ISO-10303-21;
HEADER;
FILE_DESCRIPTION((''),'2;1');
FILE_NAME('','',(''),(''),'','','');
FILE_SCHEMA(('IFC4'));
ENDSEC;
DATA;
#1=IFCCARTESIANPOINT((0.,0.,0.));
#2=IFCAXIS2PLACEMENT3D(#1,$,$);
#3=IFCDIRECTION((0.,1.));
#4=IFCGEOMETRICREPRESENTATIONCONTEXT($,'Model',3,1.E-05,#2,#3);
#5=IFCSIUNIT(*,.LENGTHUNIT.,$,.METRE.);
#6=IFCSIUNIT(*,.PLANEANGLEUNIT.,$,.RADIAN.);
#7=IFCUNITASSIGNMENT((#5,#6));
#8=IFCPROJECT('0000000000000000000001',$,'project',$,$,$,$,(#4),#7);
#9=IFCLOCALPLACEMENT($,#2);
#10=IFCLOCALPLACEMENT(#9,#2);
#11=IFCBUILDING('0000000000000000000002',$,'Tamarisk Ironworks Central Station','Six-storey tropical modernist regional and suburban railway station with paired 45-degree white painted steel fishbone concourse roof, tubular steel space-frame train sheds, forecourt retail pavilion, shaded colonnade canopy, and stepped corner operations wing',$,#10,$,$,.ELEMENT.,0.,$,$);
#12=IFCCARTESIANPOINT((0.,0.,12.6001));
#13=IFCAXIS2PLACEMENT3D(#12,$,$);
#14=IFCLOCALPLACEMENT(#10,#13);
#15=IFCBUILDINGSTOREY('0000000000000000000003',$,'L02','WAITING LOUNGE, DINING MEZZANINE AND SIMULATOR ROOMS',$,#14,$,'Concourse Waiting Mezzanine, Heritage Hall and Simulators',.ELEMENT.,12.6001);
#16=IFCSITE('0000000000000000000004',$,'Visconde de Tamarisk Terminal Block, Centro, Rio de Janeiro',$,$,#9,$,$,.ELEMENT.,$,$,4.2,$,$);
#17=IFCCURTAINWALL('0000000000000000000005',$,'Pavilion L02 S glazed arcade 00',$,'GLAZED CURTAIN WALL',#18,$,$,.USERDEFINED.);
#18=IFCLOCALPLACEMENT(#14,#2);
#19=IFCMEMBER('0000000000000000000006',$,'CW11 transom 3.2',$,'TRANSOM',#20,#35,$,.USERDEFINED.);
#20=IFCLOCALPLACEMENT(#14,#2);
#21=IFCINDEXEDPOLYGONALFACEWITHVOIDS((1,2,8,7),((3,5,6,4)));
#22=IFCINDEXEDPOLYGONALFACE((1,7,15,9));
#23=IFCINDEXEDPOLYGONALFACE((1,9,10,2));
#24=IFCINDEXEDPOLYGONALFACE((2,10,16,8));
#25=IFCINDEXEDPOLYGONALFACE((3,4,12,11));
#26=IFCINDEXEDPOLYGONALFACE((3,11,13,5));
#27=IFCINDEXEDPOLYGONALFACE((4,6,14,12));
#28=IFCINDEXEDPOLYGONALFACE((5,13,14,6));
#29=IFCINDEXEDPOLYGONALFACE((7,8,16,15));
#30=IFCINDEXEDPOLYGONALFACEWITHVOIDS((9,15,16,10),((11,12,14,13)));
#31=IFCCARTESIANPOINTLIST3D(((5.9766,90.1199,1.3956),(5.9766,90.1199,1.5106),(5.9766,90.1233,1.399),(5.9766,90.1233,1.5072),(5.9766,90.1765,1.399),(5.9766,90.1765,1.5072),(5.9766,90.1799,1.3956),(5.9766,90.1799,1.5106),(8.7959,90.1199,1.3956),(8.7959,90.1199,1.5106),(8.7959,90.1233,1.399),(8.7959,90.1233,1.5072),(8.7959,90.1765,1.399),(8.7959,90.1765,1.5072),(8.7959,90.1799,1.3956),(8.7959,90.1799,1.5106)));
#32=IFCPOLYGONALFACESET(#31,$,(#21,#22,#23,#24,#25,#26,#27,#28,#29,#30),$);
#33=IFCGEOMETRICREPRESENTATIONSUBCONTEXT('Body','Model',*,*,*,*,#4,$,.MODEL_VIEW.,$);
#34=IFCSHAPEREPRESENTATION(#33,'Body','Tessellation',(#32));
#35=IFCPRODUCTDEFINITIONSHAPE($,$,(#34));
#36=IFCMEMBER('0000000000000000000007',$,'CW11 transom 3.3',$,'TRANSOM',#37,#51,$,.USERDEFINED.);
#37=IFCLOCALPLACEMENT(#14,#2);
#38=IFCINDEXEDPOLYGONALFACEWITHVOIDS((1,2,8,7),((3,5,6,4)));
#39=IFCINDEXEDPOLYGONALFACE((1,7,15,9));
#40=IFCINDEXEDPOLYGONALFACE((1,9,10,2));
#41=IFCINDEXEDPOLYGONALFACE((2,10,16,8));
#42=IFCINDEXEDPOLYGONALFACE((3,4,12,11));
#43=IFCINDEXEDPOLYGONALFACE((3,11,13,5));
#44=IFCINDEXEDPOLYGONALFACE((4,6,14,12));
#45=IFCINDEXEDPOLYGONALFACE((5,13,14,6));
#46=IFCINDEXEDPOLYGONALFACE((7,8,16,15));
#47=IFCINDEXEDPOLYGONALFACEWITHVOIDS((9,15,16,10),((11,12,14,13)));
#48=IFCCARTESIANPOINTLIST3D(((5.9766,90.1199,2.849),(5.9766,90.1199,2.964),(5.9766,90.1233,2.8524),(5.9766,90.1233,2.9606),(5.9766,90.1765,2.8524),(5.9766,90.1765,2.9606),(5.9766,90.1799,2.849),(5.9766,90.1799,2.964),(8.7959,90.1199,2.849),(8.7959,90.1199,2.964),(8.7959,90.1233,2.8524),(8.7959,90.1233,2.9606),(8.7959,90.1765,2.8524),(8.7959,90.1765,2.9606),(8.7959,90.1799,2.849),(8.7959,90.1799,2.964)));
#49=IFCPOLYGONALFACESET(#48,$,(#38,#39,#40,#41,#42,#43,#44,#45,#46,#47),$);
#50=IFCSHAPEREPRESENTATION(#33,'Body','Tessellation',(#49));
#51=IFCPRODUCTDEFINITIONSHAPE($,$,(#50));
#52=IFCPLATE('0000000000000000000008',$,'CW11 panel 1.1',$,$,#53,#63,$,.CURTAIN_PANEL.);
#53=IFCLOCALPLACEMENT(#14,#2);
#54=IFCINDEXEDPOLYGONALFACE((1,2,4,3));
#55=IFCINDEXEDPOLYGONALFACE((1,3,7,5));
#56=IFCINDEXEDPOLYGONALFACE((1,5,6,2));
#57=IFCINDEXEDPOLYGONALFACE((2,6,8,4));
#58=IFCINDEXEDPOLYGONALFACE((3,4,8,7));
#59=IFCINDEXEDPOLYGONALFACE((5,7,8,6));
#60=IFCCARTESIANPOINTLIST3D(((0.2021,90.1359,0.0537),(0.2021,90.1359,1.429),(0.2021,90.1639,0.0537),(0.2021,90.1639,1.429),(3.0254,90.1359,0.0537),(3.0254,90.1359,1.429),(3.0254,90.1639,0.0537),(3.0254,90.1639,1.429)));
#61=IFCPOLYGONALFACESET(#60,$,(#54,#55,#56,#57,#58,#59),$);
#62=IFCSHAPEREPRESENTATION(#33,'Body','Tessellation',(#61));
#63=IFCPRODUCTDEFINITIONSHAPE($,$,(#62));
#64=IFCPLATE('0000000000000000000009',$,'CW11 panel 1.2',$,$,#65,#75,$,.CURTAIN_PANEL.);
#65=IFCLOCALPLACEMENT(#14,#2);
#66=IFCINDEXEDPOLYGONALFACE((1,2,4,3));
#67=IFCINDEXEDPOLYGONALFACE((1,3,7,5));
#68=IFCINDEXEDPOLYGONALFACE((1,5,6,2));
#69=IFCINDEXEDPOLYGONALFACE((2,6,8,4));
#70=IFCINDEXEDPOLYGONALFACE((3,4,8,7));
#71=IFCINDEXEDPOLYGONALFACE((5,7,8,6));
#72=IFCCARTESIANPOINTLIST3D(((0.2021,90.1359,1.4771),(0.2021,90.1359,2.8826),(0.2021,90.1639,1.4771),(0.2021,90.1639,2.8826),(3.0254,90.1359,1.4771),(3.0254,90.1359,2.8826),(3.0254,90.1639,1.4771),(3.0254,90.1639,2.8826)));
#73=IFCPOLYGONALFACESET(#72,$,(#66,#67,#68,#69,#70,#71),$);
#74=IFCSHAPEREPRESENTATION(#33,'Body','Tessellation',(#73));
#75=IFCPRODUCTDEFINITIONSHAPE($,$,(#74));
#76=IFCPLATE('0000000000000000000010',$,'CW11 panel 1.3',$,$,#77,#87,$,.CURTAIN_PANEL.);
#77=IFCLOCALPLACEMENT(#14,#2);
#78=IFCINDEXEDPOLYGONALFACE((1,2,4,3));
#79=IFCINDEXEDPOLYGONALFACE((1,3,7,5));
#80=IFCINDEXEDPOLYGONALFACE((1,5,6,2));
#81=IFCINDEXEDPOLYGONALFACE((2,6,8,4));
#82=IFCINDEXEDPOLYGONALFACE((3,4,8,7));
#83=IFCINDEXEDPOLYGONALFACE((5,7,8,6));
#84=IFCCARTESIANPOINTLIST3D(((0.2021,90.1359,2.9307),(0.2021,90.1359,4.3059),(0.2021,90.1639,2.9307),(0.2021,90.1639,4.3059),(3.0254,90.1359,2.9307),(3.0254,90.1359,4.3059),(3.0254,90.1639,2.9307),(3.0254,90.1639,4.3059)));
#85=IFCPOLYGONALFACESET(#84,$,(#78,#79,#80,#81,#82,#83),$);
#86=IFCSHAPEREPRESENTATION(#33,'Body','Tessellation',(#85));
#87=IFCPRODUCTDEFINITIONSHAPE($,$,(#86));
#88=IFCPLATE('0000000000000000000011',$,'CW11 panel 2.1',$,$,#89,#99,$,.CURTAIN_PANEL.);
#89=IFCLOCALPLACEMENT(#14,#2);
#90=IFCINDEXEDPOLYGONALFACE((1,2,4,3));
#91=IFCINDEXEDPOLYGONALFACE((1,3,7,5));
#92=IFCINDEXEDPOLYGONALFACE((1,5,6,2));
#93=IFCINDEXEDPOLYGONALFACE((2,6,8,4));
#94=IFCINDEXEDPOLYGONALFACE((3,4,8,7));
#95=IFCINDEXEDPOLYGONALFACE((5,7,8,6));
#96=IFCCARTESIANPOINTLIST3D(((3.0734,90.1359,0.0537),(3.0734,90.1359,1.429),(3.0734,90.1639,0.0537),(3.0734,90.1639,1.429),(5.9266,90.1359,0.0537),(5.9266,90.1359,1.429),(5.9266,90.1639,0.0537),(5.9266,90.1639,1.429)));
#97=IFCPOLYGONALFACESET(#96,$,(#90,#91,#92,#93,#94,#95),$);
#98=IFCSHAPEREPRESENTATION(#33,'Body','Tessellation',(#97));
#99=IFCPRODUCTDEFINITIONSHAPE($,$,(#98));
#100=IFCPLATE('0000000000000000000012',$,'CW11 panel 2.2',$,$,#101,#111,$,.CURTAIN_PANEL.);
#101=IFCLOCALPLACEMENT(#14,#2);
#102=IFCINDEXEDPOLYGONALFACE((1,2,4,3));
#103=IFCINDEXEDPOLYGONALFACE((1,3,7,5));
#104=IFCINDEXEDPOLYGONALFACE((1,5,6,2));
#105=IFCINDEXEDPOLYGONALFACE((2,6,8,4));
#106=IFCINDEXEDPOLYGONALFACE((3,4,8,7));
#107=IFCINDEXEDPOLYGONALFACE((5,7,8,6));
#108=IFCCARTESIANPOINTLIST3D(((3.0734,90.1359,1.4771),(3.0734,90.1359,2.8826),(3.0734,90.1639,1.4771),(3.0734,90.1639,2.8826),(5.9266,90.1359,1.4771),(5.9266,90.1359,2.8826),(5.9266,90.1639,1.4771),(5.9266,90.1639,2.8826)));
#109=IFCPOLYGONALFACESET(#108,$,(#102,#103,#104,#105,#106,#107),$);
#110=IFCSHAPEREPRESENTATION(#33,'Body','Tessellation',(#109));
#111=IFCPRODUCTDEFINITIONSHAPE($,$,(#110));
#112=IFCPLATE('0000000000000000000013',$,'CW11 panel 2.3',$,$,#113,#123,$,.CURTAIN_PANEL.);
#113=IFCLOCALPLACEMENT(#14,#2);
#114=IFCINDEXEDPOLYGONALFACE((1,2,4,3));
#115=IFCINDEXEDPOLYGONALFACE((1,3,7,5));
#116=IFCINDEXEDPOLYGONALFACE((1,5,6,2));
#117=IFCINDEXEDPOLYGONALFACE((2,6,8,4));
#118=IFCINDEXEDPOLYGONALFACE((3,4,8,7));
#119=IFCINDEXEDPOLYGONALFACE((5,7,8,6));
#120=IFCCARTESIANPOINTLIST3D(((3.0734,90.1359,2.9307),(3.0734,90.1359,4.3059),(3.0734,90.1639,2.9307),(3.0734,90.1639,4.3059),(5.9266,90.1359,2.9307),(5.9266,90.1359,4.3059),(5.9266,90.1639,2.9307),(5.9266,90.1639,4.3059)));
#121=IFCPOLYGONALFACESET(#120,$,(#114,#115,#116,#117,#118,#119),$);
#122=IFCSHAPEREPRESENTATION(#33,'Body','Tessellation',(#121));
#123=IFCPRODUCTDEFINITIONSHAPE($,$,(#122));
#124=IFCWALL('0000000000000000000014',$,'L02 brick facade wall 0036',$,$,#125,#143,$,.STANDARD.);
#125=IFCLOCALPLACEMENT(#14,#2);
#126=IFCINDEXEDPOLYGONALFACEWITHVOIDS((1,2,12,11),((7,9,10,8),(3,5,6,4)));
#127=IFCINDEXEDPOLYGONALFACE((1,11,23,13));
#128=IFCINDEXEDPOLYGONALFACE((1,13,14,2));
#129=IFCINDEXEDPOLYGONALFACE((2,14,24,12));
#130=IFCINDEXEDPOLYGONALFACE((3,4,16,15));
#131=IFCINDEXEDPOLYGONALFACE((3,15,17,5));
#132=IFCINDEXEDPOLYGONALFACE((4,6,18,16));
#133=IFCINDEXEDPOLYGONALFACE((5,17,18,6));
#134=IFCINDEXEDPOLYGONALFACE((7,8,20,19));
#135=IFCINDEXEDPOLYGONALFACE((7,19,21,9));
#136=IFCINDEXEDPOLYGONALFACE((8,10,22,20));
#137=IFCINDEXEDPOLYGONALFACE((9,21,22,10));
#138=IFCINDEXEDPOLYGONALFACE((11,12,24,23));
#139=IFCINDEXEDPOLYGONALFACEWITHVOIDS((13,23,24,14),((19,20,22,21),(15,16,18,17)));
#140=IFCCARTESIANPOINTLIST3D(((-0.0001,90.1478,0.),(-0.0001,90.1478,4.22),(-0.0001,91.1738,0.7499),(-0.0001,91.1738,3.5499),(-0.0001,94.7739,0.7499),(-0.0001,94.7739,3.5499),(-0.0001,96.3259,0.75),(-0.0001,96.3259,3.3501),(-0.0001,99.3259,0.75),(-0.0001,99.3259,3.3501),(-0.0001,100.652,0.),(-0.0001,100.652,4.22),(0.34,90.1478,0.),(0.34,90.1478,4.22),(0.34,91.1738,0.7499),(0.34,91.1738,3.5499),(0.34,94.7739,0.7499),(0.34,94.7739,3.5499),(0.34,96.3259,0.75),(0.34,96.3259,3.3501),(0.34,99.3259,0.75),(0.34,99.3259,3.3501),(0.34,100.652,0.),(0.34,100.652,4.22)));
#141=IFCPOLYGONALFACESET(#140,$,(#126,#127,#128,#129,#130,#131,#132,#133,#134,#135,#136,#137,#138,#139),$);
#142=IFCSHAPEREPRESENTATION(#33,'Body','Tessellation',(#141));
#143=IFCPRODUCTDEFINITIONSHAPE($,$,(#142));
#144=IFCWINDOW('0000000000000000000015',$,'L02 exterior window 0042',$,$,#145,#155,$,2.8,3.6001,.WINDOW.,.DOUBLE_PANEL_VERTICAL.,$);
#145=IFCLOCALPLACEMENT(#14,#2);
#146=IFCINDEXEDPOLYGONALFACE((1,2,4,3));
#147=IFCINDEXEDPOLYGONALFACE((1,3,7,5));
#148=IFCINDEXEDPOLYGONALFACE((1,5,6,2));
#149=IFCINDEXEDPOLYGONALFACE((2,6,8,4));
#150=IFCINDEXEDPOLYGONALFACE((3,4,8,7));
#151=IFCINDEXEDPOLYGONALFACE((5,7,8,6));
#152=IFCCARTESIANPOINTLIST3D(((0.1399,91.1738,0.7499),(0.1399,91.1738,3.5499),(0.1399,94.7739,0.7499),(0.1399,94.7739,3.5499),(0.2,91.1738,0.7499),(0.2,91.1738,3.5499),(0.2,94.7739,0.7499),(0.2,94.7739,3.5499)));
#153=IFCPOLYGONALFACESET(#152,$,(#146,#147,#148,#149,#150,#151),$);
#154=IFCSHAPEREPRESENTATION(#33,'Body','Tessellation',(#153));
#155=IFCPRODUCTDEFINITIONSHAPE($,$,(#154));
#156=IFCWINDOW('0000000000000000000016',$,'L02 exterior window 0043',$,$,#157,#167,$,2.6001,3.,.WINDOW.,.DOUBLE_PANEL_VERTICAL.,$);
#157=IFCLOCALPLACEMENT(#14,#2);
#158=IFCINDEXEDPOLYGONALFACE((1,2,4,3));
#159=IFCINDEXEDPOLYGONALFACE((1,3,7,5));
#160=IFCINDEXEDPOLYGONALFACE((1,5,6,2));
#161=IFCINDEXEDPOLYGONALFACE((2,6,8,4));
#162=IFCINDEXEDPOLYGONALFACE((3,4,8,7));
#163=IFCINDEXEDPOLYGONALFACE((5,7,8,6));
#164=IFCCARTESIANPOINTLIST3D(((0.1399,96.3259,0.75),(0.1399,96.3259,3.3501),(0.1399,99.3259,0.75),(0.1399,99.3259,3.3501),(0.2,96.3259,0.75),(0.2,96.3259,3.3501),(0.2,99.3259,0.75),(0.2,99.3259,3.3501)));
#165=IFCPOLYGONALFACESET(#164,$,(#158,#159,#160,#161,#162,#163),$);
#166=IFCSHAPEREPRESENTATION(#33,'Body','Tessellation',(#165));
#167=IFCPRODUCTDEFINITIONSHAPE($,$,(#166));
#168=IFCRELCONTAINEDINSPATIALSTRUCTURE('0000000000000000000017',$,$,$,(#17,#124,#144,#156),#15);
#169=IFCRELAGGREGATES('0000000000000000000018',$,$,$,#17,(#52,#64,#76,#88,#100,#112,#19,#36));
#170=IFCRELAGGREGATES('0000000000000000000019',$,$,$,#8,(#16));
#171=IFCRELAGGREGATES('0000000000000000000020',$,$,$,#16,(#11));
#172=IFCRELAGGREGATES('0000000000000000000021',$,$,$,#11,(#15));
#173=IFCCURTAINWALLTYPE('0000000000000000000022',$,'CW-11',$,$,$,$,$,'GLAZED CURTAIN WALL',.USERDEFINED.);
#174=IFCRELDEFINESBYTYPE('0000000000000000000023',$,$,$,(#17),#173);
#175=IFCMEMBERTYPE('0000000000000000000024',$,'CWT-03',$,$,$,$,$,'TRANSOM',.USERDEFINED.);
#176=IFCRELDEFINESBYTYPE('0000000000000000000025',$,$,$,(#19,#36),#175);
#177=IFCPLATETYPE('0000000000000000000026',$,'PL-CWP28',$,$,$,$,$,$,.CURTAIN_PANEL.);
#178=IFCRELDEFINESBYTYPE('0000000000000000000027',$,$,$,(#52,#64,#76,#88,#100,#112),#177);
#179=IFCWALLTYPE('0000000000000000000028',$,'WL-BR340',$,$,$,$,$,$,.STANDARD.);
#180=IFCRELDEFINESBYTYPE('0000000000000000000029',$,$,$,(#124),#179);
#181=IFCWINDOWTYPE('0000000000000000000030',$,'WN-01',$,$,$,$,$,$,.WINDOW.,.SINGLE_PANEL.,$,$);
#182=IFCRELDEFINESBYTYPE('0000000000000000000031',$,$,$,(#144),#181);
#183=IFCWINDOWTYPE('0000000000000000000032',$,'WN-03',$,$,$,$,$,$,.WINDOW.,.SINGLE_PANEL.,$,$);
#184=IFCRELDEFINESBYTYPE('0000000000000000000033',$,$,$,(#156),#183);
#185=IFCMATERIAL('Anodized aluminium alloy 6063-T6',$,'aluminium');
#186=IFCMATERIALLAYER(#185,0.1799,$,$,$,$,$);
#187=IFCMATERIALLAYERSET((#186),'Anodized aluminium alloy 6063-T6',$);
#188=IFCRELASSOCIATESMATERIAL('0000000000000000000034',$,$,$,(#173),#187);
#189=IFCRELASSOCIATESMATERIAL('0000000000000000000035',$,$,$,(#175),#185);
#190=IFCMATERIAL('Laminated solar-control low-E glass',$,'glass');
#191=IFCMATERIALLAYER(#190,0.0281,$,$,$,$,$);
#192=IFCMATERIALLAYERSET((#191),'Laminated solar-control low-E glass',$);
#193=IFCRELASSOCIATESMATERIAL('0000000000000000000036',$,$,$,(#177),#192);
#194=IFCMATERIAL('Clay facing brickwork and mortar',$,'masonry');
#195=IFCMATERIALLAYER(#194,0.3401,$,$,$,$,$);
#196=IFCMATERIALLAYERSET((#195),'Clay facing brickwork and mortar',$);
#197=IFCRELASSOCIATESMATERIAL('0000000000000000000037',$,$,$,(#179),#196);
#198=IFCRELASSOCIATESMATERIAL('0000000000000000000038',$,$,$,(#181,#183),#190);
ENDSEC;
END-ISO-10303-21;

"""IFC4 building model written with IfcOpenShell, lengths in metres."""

from ifc_helpers import new_model, si_unit, direction, frame, frame_2d, origin, origin_2d, place, context, subcontext, project, spatial, rectangle, hollow_rectangle, extrude, material, layer, layer_set, material_profile, profile_set, type_object, element, fill, aggregate, save


model = new_model("IFC4")

# Units and contexts
model_context = context("Model", 3, precision=1e-05, world=origin(), true_north=direction((0.0, 1.0)))
body_context = subcontext(model_context, "Body", "Model", "MODEL_VIEW")
ifc_project = project(units=[si_unit("LENGTHUNIT", "METRE"), si_unit("PLANEANGLEUNIT", "RADIAN")], contexts=[model_context])

# Site, building, storey
site_placement = place(None, origin())
site = spatial("IfcSite", under=ifc_project, at=site_placement, Name="Visconde de Tamarisk Terminal Block, Centro, Rio de Janeiro", CompositionType="ELEMENT", RefElevation=4.2)
building_placement = place(site_placement, origin())
building = spatial("IfcBuilding", under=site, at=building_placement, Name="Tamarisk Ironworks Central Station", Description="Six-storey tropical modernist regional and suburban railway station with paired 45-degree white painted steel fishbone concourse roof, tubular steel space-frame train sheds, forecourt retail pavilion, shaded colonnade canopy, and stepped corner operations wing", CompositionType="ELEMENT", ElevationOfRefHeight=0.0)
storey_placement = place(building_placement, frame((0.0, 0.0, 12.6001)))
storey = spatial("IfcBuildingStorey", under=building, at=storey_placement, Name="L02", Description="WAITING LOUNGE, DINING MEZZANINE AND SIMULATOR ROOMS", LongName="Concourse Waiting Mezzanine, Heritage Hall and Simulators", CompositionType="ELEMENT", Elevation=12.6001)

# Curtain wall, members, plates
ifc_material_1 = material(Name="Anodized aluminium alloy 6063-T6", Category="aluminium")
ifc_layer_1 = layer(ifc_material_1, 0.1799)
ifc_layer_set_1 = layer_set([ifc_layer_1], Name="Anodized aluminium alloy 6063-T6")
curtain_wall_type = type_object("IfcCurtainWallType", Name="CW-11", ElementType="GLAZED CURTAIN WALL", PredefinedType="USERDEFINED", material=ifc_layer_set_1)
curtain_wall_placement = place(storey_placement, origin())
curtain_wall = element("IfcCurtainWall", 1, at=curtain_wall_placement, inside=storey, type_object=curtain_wall_type, Name="Pavilion L02 S glazed arcade 00", ObjectType="GLAZED CURTAIN WALL", PredefinedType="USERDEFINED")
ifc_material_profile_1 = material_profile(ifc_material_1, hollow_rectangle(XDim=0.0601, YDim=0.115, WallThickness=0.0034, at=origin_2d()), Name="ALUM 115x60")
ifc_profile_set_1 = profile_set([ifc_material_profile_1], Name="Anodized aluminium alloy 6063-T6")
member_type_1 = type_object("IfcMemberType", Name="CWT-03", ElementType="TRANSOM", PredefinedType="USERDEFINED", material=ifc_profile_set_1)
member_1_placement = place(storey_placement, frame((5.9766, 90.1499, 1.4531), z_axis=(1.0, 0.0, 0.0), x_axis=(0.0, 1.0, 0.0)))
member_1 = element("IfcMember", 2, at=member_1_placement, type_object=member_type_1, Name="CW11 transom 3.2", ObjectType="TRANSOM", PredefinedType="USERDEFINED", context=body_context, shape_type="SweptSolid", body=[
    extrude(hollow_rectangle(XDim=0.0601, YDim=0.115, WallThickness=0.0034, at=origin_2d()), origin(), (0.0, 0.0, 1.0), 2.8193),
])
member_2_placement = place(storey_placement, frame((5.9766, 90.1499, 2.9065), z_axis=(1.0, 0.0, 0.0), x_axis=(0.0, 1.0, 0.0)))
member_2 = element("IfcMember", 3, at=member_2_placement, type_object=member_type_1, Name="CW11 transom 3.3", ObjectType="TRANSOM", PredefinedType="USERDEFINED", context=body_context, shape_type="SweptSolid", body=[
    extrude(hollow_rectangle(XDim=0.0601, YDim=0.115, WallThickness=0.0034, at=origin_2d()), origin(), (0.0, 0.0, 1.0), 2.8193),
])
ifc_material_2 = material(Name="Laminated solar-control low-E glass", Category="glass")
ifc_layer_2 = layer(ifc_material_2, 0.0281)
ifc_layer_set_2 = layer_set([ifc_layer_2], Name="Laminated solar-control low-E glass")
plate_type = type_object("IfcPlateType", Name="PL-CWP28", PredefinedType="CURTAIN_PANEL", material=ifc_layer_set_2)
plate_1_placement = place(storey_placement, frame((1.6138, 90.1499, 0.0537), z_axis=(0.0, 0.0, 1.0), x_axis=(1.0, 0.0, 0.0)))
plate_1 = element("IfcPlate", 4, at=plate_1_placement, type_object=plate_type, Name="CW11 panel 1.1", PredefinedType="CURTAIN_PANEL", context=body_context, shape_type="SweptSolid", body=[
    extrude(rectangle(XDim=2.8232, YDim=0.0281, at=origin_2d()), origin(), (0.0, 0.0, 1.0), 1.3752),
])
plate_2_placement = place(storey_placement, frame((1.6138, 90.1499, 1.4771), z_axis=(0.0, 0.0, 1.0), x_axis=(1.0, 0.0, 0.0)))
plate_2 = element("IfcPlate", 5, at=plate_2_placement, type_object=plate_type, Name="CW11 panel 1.2", PredefinedType="CURTAIN_PANEL", context=body_context, shape_type="SweptSolid", body=[
    extrude(rectangle(XDim=2.8232, YDim=0.0281, at=origin_2d()), origin(), (0.0, 0.0, 1.0), 1.4055),
])
plate_3_placement = place(storey_placement, frame((1.6138, 90.1499, 2.9307), z_axis=(0.0, 0.0, 1.0), x_axis=(1.0, 0.0, 0.0)))
plate_3 = element("IfcPlate", 6, at=plate_3_placement, type_object=plate_type, Name="CW11 panel 1.3", PredefinedType="CURTAIN_PANEL", context=body_context, shape_type="SweptSolid", body=[
    extrude(rectangle(XDim=2.8232, YDim=0.0281, at=origin_2d()), origin(), (0.0, 0.0, 1.0), 1.3752),
])
plate_4_placement = place(storey_placement, frame((4.5, 90.1499, 0.0537), z_axis=(0.0, 0.0, 1.0), x_axis=(1.0, 0.0, 0.0)))
plate_4 = element("IfcPlate", 7, at=plate_4_placement, type_object=plate_type, Name="CW11 panel 2.1", PredefinedType="CURTAIN_PANEL", context=body_context, shape_type="SweptSolid", body=[
    extrude(rectangle(XDim=2.8533, YDim=0.0281, at=origin_2d()), origin(), (0.0, 0.0, 1.0), 1.3752),
])
plate_5_placement = place(storey_placement, frame((4.5, 90.1499, 1.4771), z_axis=(0.0, 0.0, 1.0), x_axis=(1.0, 0.0, 0.0)))
plate_5 = element("IfcPlate", 8, at=plate_5_placement, type_object=plate_type, Name="CW11 panel 2.2", PredefinedType="CURTAIN_PANEL", context=body_context, shape_type="SweptSolid", body=[
    extrude(rectangle(XDim=2.8533, YDim=0.0281, at=origin_2d()), origin(), (0.0, 0.0, 1.0), 1.4055),
])
plate_6_placement = place(storey_placement, frame((4.5, 90.1499, 2.9307), z_axis=(0.0, 0.0, 1.0), x_axis=(1.0, 0.0, 0.0)))
plate_6 = element("IfcPlate", 9, at=plate_6_placement, type_object=plate_type, Name="CW11 panel 2.3", PredefinedType="CURTAIN_PANEL", context=body_context, shape_type="SweptSolid", body=[
    extrude(rectangle(XDim=2.8533, YDim=0.0281, at=origin_2d()), origin(), (0.0, 0.0, 1.0), 1.3752),
])
aggregate(curtain_wall, [plate_1, plate_2, plate_3, plate_4, plate_5, plate_6, member_1, member_2])

# Wall, openings, windows
ifc_material_3 = material(Name="Clay facing brickwork and mortar", Category="masonry")
ifc_layer_3 = layer(ifc_material_3, 0.3401)
ifc_layer_set_3 = layer_set([ifc_layer_3], Name="Clay facing brickwork and mortar")
wall_type = type_object("IfcWallType", Name="WL-BR340", PredefinedType="STANDARD", material=ifc_layer_set_3)
wall_1_placement = place(storey_placement, frame((0.1699, 90.1479, 0.0), z_axis=(0.0, 0.0, 1.0), x_axis=(0.0, 1.0, 0.0)))
wall_1 = element("IfcWall", 10, at=wall_1_placement, inside=storey, type_object=wall_type, Name="L02 brick facade wall 0036", PredefinedType="STANDARD", context=body_context, shape_type="SweptSolid", body=[
    extrude(rectangle(XDim=10.5042, YDim=0.3401, at=frame_2d((5.252, 0.0))), origin(), (0.0, 0.0, 1.0), 4.22),
])
opening_1_placement = place(wall_1_placement, frame((1.0259, 0.0, 0.75)))
opening_1 = element("IfcOpeningElement", 11, at=opening_1_placement, cuts=wall_1, PredefinedType="OPENING", context=body_context, shape_type="SweptSolid", body=[
    extrude(rectangle(XDim=3.6001, YDim=2.8, at=frame_2d((1.8, 1.3999))), frame((0.0, 0.1821, 0.0), z_axis=(0.0, -1.0, 0.0), x_axis=(1.0, 0.0, 0.0)), (0.0, 0.0, 1.0), 0.364),
])
opening_2_placement = place(wall_1_placement, frame((6.178, 0.0, 0.75)))
opening_2 = element("IfcOpeningElement", 12, at=opening_2_placement, cuts=wall_1, PredefinedType="OPENING", context=body_context, shape_type="SweptSolid", body=[
    extrude(rectangle(XDim=3.0, YDim=2.6001, at=frame_2d((1.5, 1.3))), frame((0.0, 0.1821, 0.0), z_axis=(0.0, -1.0, 0.0), x_axis=(1.0, 0.0, 0.0)), (0.0, 0.0, 1.0), 0.364),
])
window_type_1 = type_object("IfcWindowType", Name="WN-01", PartitioningType="SINGLE_PANEL", PredefinedType="WINDOW", material=ifc_material_2)
window_1_placement = place(opening_1_placement, origin())
window_1 = element("IfcWindow", 13, at=window_1_placement, inside=storey, type_object=window_type_1, Name="L02 exterior window 0042", OverallHeight=2.8, OverallWidth=3.6001, PartitioningType="DOUBLE_PANEL_VERTICAL", PredefinedType="WINDOW", context=body_context, shape_type="SweptSolid", body=[
    extrude(rectangle(XDim=3.6001, YDim=2.8, at=frame_2d((1.8, 1.3999))), frame((0.0, 0.03, 0.0), z_axis=(0.0, -1.0, 0.0), x_axis=(1.0, 0.0, 0.0)), (0.0, 0.0, 1.0), 0.0601),
])
fill(opening_1, window_1)
window_type_2 = type_object("IfcWindowType", Name="WN-03", PartitioningType="SINGLE_PANEL", PredefinedType="WINDOW", material=ifc_material_2)
window_2_placement = place(opening_2_placement, origin())
window_2 = element("IfcWindow", 14, at=window_2_placement, inside=storey, type_object=window_type_2, Name="L02 exterior window 0043", OverallHeight=2.6001, OverallWidth=3.0, PartitioningType="DOUBLE_PANEL_VERTICAL", PredefinedType="WINDOW", context=body_context, shape_type="SweptSolid", body=[
    extrude(rectangle(XDim=3.0, YDim=2.6001, at=frame_2d((1.5, 1.3))), frame((0.0, 0.03, 0.0), z_axis=(0.0, -1.0, 0.0), x_axis=(1.0, 0.0, 0.0)), (0.0, 0.0, 1.0), 0.0601),
])
fill(opening_2, window_2)

save(model, "model.ifc")
